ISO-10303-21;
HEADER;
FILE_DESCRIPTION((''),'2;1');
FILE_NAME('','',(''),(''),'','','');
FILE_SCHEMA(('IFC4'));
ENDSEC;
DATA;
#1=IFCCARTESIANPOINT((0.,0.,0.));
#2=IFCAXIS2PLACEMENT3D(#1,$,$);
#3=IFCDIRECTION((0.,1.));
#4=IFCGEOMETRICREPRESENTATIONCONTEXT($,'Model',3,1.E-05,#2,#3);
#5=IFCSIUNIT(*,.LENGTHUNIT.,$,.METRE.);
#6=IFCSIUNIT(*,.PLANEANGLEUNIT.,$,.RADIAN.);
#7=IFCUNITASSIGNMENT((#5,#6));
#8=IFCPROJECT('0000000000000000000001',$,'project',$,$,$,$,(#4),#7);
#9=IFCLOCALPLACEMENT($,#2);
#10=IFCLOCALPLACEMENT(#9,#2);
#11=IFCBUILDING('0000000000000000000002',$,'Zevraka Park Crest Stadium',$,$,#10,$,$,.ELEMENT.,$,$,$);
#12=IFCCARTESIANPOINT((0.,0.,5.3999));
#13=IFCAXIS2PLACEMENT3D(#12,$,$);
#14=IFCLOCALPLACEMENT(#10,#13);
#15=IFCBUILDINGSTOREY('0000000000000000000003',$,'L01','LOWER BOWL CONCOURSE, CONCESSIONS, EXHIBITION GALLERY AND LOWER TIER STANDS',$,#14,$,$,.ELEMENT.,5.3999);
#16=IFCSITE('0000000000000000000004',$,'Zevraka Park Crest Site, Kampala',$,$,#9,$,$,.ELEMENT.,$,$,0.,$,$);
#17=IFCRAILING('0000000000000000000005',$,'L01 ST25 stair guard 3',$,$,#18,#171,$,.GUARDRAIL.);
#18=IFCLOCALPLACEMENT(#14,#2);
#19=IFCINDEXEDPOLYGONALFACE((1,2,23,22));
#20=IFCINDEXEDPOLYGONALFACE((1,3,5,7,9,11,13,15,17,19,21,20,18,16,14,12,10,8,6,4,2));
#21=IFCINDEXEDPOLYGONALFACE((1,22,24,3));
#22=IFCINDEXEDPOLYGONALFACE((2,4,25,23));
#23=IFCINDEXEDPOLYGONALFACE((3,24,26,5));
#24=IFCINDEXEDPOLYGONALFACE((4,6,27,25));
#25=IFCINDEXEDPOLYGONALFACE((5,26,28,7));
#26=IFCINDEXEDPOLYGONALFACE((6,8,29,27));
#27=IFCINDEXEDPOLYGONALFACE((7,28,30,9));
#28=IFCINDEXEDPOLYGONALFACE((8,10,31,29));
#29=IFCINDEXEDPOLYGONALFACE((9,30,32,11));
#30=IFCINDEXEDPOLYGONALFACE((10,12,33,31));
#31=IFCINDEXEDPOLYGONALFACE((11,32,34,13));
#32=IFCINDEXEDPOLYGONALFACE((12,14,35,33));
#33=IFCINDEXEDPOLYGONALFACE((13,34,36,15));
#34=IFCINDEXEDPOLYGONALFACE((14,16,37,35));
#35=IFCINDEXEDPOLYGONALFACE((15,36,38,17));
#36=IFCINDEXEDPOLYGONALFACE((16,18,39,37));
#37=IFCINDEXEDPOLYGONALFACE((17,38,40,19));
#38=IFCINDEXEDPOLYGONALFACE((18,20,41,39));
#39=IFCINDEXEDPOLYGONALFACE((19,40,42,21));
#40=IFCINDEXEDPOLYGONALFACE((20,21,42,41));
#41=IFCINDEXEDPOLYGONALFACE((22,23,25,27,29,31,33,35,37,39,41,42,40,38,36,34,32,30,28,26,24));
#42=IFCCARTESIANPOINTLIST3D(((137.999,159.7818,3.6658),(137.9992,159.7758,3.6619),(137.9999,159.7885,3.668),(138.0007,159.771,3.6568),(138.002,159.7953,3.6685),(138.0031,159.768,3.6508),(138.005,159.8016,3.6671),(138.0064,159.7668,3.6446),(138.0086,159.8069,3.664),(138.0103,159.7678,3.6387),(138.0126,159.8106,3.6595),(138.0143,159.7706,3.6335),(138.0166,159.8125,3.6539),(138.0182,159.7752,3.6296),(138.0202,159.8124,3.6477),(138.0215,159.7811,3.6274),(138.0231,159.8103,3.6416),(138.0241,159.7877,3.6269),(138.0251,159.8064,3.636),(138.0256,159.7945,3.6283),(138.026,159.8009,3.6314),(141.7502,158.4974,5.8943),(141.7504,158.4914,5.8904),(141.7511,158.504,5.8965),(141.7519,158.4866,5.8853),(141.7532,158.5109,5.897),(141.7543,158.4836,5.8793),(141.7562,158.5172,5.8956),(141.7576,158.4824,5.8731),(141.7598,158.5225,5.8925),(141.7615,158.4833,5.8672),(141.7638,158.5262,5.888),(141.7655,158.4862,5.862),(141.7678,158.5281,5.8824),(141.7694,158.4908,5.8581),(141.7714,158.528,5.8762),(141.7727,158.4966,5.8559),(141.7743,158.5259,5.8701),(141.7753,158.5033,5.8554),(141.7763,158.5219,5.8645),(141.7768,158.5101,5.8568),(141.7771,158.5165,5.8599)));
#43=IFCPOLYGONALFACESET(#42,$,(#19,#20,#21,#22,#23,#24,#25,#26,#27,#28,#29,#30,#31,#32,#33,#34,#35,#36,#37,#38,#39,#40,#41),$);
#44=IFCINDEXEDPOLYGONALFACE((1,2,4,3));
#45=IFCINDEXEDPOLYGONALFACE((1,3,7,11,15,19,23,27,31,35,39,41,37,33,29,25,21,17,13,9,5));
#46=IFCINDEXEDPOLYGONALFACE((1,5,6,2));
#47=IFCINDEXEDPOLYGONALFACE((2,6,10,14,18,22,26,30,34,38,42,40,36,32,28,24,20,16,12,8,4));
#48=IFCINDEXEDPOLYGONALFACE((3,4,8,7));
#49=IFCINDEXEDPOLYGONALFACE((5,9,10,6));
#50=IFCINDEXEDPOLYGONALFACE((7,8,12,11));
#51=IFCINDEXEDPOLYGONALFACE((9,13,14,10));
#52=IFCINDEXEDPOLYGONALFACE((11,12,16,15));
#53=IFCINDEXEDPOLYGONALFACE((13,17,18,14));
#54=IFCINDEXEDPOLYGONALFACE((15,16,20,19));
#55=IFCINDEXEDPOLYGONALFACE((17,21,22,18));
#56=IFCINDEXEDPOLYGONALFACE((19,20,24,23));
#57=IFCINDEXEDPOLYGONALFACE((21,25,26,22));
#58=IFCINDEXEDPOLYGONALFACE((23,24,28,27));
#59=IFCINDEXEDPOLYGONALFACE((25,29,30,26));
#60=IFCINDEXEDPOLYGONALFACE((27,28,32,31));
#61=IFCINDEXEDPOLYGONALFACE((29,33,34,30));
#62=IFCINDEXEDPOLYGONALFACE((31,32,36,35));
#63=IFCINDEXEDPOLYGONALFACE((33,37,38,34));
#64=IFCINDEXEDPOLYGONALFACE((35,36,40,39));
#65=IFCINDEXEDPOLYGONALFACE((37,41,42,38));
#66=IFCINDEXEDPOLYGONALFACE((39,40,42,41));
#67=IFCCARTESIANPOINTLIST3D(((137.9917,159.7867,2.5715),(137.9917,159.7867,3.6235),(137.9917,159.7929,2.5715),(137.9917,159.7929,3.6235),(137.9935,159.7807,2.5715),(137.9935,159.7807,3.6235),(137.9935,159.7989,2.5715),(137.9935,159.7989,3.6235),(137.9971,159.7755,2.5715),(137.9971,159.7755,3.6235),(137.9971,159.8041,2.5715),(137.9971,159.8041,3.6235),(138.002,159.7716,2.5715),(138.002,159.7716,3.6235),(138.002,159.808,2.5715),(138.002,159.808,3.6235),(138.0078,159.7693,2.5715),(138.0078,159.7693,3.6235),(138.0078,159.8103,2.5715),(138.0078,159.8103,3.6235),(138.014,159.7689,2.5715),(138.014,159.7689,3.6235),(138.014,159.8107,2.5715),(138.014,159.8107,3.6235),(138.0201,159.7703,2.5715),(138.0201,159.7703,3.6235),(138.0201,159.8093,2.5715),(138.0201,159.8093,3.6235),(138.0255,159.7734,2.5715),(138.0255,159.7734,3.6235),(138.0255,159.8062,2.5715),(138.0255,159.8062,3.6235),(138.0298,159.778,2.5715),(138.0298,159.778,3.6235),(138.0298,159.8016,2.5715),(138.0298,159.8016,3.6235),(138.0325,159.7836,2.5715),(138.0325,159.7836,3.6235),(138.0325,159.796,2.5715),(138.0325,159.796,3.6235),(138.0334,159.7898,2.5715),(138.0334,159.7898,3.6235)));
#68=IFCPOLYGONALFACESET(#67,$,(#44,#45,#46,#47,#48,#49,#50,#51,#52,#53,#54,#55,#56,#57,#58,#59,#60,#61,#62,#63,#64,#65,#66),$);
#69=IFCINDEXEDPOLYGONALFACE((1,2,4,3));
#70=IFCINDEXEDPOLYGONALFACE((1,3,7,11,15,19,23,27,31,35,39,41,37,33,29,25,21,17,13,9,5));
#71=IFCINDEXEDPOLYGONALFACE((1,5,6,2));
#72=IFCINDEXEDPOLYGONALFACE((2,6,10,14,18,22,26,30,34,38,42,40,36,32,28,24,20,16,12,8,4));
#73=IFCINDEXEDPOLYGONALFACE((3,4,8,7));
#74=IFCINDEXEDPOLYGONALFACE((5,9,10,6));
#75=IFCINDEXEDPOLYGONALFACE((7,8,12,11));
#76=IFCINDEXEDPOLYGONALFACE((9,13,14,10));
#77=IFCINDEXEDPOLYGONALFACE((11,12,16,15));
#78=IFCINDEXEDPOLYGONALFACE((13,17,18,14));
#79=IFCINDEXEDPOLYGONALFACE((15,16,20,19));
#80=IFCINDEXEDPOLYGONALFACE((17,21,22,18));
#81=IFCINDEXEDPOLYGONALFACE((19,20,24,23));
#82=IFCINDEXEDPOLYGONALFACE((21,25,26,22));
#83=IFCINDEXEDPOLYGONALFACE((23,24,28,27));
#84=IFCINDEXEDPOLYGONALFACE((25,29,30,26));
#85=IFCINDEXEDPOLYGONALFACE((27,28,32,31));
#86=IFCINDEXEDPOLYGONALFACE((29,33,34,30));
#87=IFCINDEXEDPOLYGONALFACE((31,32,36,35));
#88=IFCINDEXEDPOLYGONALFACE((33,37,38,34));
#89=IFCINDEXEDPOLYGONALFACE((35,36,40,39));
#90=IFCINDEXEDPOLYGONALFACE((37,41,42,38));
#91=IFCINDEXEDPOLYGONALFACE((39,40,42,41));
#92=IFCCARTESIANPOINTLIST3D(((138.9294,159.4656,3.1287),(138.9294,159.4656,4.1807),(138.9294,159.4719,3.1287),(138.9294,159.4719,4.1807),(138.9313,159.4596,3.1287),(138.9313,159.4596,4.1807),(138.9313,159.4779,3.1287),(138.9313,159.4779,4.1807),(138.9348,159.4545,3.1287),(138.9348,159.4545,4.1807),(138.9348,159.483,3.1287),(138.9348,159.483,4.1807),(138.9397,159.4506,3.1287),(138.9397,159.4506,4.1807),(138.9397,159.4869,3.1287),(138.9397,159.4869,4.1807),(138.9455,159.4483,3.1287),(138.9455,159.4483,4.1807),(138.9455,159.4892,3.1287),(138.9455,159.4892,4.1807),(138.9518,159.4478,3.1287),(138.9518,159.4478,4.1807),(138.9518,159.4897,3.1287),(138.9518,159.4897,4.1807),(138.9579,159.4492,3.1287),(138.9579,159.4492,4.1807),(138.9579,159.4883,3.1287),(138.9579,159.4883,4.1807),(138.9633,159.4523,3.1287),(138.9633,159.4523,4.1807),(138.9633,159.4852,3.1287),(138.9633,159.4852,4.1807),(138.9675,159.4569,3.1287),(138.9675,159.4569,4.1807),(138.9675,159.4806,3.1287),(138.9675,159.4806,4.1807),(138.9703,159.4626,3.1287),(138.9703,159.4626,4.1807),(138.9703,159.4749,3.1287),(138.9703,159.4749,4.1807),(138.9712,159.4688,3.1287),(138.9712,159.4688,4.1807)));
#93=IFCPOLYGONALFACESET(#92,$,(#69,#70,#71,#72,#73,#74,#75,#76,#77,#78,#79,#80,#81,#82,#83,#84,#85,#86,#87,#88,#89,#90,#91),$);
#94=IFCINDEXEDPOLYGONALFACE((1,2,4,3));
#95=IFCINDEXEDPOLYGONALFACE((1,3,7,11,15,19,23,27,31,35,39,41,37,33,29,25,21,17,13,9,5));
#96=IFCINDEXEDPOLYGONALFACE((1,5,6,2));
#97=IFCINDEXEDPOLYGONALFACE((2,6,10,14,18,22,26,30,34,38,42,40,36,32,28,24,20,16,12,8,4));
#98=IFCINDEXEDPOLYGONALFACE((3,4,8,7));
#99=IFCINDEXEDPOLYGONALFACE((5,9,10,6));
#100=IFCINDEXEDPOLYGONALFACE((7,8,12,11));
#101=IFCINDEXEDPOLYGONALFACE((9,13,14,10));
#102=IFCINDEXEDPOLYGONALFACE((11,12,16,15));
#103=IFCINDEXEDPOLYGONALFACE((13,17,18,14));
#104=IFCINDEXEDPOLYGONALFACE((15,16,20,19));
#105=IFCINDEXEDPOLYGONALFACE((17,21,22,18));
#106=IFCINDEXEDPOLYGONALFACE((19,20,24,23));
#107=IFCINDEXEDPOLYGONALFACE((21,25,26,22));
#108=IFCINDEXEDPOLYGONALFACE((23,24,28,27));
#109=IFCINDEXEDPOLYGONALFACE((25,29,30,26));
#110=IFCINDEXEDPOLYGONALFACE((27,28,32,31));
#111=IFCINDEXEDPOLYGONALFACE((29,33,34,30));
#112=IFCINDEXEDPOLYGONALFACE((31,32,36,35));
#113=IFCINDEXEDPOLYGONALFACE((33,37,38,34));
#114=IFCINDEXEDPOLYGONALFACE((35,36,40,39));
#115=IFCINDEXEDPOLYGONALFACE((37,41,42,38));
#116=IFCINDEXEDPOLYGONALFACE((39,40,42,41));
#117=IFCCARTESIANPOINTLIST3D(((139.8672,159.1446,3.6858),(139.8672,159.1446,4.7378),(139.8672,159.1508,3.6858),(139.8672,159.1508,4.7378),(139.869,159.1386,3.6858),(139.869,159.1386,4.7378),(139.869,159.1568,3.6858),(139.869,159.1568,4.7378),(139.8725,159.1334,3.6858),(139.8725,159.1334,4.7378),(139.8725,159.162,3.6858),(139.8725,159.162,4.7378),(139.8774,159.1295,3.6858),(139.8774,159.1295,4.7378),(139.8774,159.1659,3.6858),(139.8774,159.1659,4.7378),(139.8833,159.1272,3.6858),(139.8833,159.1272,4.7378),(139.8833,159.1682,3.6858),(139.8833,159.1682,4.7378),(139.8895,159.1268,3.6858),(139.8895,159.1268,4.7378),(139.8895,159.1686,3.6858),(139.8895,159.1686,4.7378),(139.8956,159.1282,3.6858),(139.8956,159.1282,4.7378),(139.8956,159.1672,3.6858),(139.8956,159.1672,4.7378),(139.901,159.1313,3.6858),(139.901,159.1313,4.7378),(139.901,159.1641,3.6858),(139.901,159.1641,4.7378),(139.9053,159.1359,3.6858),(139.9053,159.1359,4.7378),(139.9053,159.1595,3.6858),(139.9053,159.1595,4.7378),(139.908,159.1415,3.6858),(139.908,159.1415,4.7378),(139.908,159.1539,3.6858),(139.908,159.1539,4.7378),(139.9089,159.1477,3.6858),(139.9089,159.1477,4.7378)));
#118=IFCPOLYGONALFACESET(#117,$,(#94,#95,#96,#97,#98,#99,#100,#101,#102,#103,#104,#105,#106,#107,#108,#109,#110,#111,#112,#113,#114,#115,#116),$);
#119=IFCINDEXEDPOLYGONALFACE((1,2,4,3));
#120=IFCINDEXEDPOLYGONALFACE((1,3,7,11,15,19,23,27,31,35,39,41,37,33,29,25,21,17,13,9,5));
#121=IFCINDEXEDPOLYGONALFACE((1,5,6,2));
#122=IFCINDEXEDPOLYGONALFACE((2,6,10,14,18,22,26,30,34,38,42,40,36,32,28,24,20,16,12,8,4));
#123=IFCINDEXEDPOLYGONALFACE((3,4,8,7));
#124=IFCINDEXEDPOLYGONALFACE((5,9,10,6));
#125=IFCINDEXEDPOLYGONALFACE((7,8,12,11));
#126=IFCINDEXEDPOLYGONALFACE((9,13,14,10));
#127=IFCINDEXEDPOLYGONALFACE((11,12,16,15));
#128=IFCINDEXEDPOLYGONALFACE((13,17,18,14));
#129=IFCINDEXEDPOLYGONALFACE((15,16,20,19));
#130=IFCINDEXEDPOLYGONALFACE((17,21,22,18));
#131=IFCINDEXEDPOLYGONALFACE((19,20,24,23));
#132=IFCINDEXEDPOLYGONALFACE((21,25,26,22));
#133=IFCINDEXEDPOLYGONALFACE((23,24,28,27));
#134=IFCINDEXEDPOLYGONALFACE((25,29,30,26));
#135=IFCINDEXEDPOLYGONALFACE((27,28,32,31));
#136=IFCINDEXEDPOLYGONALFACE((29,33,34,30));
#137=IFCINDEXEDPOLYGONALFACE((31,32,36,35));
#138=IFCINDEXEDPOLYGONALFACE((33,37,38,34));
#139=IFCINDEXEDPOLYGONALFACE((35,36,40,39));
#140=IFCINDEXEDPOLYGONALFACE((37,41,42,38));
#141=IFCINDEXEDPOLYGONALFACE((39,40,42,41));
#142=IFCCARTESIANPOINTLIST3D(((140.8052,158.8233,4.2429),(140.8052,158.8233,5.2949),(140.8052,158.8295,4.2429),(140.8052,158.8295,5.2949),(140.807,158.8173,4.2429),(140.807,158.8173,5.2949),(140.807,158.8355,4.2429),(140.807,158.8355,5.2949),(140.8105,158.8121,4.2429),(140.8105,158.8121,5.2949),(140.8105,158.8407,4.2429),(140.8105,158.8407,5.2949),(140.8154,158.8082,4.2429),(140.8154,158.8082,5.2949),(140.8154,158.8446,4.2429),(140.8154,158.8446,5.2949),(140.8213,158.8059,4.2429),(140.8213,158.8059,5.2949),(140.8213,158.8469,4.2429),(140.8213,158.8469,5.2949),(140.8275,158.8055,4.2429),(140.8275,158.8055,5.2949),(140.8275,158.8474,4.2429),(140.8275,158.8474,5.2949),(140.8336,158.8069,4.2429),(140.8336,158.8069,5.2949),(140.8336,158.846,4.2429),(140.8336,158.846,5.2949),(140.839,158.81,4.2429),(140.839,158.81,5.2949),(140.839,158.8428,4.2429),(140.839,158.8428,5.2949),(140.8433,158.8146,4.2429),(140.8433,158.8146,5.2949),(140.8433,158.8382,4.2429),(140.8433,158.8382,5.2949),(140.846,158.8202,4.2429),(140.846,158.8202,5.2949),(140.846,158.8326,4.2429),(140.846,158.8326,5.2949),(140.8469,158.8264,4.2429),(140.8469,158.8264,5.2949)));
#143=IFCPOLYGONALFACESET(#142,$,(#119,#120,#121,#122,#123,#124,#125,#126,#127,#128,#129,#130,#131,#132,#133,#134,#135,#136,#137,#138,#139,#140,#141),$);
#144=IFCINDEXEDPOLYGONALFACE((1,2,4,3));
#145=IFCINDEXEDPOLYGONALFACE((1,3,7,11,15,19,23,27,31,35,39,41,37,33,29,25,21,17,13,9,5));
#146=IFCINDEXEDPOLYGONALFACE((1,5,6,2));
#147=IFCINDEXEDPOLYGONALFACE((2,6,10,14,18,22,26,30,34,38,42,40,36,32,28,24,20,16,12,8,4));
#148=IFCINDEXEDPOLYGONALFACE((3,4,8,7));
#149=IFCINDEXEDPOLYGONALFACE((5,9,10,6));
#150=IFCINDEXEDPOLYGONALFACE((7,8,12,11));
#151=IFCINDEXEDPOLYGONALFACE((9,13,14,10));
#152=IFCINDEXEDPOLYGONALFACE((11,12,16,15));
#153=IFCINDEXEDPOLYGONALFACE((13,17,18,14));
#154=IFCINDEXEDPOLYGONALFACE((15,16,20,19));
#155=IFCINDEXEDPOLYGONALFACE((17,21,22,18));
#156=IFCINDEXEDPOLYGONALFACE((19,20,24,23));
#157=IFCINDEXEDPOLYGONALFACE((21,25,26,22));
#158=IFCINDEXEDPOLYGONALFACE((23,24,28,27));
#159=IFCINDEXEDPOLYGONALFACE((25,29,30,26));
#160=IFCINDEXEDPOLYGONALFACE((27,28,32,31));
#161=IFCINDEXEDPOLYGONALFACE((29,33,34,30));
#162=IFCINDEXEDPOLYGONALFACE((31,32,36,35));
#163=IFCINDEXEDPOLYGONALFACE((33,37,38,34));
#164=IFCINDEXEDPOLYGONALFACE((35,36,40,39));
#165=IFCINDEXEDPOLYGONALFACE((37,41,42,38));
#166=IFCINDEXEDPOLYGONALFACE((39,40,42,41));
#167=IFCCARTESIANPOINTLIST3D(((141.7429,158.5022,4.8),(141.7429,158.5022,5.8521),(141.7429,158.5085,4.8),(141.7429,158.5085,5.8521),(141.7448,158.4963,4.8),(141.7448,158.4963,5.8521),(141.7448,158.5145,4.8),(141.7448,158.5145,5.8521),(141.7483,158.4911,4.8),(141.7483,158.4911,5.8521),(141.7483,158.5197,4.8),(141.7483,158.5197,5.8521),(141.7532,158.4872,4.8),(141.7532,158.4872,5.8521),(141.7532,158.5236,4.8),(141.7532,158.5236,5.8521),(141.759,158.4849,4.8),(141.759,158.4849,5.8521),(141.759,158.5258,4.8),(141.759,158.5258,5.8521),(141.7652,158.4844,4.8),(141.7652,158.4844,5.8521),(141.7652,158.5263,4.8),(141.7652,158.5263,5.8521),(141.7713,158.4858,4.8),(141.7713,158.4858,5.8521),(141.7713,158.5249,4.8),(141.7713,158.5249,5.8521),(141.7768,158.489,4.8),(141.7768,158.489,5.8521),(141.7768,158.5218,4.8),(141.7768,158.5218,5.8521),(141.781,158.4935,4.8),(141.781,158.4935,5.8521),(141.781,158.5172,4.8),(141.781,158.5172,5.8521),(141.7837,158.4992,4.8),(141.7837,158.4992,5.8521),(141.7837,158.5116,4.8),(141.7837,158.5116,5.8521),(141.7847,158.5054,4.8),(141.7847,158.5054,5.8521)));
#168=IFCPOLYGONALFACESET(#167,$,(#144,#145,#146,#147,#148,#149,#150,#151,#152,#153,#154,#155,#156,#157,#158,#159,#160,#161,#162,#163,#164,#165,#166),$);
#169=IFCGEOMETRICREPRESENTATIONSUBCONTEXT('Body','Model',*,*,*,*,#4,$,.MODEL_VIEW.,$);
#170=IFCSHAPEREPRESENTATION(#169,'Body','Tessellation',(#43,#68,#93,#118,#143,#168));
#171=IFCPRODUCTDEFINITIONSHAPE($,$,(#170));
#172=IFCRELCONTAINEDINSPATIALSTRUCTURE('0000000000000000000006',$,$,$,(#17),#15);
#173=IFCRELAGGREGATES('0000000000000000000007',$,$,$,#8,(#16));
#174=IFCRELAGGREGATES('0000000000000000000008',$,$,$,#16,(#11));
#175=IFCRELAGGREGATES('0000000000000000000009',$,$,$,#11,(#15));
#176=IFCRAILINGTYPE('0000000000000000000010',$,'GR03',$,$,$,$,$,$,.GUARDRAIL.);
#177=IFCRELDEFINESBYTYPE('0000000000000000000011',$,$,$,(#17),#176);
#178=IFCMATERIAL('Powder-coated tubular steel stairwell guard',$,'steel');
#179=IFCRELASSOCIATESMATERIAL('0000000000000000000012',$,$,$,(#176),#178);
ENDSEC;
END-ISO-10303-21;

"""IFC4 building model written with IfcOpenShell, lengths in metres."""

from ifc_helpers import new_model, si_unit, direction, frame, origin, origin_2d, place, context, subcontext, project, spatial, circle, extrude, material, type_object, element, save


model = new_model("IFC4")

# Units and contexts
model_context = context("Model", 3, precision=1e-05, world=origin(), true_north=direction((0.0, 1.0)))
body_context = subcontext(model_context, "Body", "Model", "MODEL_VIEW")
ifc_project = project(units=[si_unit("LENGTHUNIT", "METRE"), si_unit("PLANEANGLEUNIT", "RADIAN")], contexts=[model_context])

# Site, building, storey
site_placement = place(None, origin())
site = spatial("IfcSite", under=ifc_project, at=site_placement, Name="Zevraka Park Crest Site, Kampala", CompositionType="ELEMENT", RefElevation=0.0)
building_placement = place(site_placement, origin())
building = spatial("IfcBuilding", under=site, at=building_placement, Name="Zevraka Park Crest Stadium", CompositionType="ELEMENT")
storey_placement = place(building_placement, frame((0.0, 0.0, 5.3999)))
storey = spatial("IfcBuildingStorey", under=building, at=storey_placement, Name="L01", Description="LOWER BOWL CONCOURSE, CONCESSIONS, EXHIBITION GALLERY AND LOWER TIER STANDS", CompositionType="ELEMENT", Elevation=5.3999)

# Railing
ifc_material_1 = material(Name="Powder-coated tubular steel stairwell guard", Category="steel")
railing_type_1 = type_object("IfcRailingType", Name="GR03", PredefinedType="GUARDRAIL", material=ifc_material_1)
railing_1_placement = place(storey_placement, frame((138.0125, 159.7898, 2.5715)))
element("IfcRailing", 1, at=railing_1_placement, inside=storey, type_object=railing_type_1, Name="L01 ST25 stair guard 3", PredefinedType="GUARDRAIL", context=body_context, shape_type="SweptSolid", body=[
    extrude(circle(Radius=0.0239, at=origin_2d()), frame((0.0, 0.0, 1.0762), z_axis=(0.824739, -0.282392, 0.489959), x_axis=(0.323939, 0.946078, 0.0)), (0.0, 0.0, 1.0), 4.5483),
    extrude(circle(Radius=0.021, at=origin_2d()), origin(), (0.0, 0.0, 1.0), 1.052),
    extrude(circle(Radius=0.021, at=origin_2d()), frame((0.9377, -0.321, 0.5571)), (0.0, 0.0, 1.0), 1.052),
    extrude(circle(Radius=0.021, at=origin_2d()), frame((1.8755, -0.6421, 1.1143)), (0.0, 0.0, 1.0), 1.052),
    extrude(circle(Radius=0.021, at=origin_2d()), frame((2.8135, -0.9634, 1.6714)), (0.0, 0.0, 1.0), 1.052),
    extrude(circle(Radius=0.021, at=origin_2d()), frame((3.7512, -1.2844, 2.2285)), (0.0, 0.0, 1.0), 1.052),
])

save(model, "model.ifc")
